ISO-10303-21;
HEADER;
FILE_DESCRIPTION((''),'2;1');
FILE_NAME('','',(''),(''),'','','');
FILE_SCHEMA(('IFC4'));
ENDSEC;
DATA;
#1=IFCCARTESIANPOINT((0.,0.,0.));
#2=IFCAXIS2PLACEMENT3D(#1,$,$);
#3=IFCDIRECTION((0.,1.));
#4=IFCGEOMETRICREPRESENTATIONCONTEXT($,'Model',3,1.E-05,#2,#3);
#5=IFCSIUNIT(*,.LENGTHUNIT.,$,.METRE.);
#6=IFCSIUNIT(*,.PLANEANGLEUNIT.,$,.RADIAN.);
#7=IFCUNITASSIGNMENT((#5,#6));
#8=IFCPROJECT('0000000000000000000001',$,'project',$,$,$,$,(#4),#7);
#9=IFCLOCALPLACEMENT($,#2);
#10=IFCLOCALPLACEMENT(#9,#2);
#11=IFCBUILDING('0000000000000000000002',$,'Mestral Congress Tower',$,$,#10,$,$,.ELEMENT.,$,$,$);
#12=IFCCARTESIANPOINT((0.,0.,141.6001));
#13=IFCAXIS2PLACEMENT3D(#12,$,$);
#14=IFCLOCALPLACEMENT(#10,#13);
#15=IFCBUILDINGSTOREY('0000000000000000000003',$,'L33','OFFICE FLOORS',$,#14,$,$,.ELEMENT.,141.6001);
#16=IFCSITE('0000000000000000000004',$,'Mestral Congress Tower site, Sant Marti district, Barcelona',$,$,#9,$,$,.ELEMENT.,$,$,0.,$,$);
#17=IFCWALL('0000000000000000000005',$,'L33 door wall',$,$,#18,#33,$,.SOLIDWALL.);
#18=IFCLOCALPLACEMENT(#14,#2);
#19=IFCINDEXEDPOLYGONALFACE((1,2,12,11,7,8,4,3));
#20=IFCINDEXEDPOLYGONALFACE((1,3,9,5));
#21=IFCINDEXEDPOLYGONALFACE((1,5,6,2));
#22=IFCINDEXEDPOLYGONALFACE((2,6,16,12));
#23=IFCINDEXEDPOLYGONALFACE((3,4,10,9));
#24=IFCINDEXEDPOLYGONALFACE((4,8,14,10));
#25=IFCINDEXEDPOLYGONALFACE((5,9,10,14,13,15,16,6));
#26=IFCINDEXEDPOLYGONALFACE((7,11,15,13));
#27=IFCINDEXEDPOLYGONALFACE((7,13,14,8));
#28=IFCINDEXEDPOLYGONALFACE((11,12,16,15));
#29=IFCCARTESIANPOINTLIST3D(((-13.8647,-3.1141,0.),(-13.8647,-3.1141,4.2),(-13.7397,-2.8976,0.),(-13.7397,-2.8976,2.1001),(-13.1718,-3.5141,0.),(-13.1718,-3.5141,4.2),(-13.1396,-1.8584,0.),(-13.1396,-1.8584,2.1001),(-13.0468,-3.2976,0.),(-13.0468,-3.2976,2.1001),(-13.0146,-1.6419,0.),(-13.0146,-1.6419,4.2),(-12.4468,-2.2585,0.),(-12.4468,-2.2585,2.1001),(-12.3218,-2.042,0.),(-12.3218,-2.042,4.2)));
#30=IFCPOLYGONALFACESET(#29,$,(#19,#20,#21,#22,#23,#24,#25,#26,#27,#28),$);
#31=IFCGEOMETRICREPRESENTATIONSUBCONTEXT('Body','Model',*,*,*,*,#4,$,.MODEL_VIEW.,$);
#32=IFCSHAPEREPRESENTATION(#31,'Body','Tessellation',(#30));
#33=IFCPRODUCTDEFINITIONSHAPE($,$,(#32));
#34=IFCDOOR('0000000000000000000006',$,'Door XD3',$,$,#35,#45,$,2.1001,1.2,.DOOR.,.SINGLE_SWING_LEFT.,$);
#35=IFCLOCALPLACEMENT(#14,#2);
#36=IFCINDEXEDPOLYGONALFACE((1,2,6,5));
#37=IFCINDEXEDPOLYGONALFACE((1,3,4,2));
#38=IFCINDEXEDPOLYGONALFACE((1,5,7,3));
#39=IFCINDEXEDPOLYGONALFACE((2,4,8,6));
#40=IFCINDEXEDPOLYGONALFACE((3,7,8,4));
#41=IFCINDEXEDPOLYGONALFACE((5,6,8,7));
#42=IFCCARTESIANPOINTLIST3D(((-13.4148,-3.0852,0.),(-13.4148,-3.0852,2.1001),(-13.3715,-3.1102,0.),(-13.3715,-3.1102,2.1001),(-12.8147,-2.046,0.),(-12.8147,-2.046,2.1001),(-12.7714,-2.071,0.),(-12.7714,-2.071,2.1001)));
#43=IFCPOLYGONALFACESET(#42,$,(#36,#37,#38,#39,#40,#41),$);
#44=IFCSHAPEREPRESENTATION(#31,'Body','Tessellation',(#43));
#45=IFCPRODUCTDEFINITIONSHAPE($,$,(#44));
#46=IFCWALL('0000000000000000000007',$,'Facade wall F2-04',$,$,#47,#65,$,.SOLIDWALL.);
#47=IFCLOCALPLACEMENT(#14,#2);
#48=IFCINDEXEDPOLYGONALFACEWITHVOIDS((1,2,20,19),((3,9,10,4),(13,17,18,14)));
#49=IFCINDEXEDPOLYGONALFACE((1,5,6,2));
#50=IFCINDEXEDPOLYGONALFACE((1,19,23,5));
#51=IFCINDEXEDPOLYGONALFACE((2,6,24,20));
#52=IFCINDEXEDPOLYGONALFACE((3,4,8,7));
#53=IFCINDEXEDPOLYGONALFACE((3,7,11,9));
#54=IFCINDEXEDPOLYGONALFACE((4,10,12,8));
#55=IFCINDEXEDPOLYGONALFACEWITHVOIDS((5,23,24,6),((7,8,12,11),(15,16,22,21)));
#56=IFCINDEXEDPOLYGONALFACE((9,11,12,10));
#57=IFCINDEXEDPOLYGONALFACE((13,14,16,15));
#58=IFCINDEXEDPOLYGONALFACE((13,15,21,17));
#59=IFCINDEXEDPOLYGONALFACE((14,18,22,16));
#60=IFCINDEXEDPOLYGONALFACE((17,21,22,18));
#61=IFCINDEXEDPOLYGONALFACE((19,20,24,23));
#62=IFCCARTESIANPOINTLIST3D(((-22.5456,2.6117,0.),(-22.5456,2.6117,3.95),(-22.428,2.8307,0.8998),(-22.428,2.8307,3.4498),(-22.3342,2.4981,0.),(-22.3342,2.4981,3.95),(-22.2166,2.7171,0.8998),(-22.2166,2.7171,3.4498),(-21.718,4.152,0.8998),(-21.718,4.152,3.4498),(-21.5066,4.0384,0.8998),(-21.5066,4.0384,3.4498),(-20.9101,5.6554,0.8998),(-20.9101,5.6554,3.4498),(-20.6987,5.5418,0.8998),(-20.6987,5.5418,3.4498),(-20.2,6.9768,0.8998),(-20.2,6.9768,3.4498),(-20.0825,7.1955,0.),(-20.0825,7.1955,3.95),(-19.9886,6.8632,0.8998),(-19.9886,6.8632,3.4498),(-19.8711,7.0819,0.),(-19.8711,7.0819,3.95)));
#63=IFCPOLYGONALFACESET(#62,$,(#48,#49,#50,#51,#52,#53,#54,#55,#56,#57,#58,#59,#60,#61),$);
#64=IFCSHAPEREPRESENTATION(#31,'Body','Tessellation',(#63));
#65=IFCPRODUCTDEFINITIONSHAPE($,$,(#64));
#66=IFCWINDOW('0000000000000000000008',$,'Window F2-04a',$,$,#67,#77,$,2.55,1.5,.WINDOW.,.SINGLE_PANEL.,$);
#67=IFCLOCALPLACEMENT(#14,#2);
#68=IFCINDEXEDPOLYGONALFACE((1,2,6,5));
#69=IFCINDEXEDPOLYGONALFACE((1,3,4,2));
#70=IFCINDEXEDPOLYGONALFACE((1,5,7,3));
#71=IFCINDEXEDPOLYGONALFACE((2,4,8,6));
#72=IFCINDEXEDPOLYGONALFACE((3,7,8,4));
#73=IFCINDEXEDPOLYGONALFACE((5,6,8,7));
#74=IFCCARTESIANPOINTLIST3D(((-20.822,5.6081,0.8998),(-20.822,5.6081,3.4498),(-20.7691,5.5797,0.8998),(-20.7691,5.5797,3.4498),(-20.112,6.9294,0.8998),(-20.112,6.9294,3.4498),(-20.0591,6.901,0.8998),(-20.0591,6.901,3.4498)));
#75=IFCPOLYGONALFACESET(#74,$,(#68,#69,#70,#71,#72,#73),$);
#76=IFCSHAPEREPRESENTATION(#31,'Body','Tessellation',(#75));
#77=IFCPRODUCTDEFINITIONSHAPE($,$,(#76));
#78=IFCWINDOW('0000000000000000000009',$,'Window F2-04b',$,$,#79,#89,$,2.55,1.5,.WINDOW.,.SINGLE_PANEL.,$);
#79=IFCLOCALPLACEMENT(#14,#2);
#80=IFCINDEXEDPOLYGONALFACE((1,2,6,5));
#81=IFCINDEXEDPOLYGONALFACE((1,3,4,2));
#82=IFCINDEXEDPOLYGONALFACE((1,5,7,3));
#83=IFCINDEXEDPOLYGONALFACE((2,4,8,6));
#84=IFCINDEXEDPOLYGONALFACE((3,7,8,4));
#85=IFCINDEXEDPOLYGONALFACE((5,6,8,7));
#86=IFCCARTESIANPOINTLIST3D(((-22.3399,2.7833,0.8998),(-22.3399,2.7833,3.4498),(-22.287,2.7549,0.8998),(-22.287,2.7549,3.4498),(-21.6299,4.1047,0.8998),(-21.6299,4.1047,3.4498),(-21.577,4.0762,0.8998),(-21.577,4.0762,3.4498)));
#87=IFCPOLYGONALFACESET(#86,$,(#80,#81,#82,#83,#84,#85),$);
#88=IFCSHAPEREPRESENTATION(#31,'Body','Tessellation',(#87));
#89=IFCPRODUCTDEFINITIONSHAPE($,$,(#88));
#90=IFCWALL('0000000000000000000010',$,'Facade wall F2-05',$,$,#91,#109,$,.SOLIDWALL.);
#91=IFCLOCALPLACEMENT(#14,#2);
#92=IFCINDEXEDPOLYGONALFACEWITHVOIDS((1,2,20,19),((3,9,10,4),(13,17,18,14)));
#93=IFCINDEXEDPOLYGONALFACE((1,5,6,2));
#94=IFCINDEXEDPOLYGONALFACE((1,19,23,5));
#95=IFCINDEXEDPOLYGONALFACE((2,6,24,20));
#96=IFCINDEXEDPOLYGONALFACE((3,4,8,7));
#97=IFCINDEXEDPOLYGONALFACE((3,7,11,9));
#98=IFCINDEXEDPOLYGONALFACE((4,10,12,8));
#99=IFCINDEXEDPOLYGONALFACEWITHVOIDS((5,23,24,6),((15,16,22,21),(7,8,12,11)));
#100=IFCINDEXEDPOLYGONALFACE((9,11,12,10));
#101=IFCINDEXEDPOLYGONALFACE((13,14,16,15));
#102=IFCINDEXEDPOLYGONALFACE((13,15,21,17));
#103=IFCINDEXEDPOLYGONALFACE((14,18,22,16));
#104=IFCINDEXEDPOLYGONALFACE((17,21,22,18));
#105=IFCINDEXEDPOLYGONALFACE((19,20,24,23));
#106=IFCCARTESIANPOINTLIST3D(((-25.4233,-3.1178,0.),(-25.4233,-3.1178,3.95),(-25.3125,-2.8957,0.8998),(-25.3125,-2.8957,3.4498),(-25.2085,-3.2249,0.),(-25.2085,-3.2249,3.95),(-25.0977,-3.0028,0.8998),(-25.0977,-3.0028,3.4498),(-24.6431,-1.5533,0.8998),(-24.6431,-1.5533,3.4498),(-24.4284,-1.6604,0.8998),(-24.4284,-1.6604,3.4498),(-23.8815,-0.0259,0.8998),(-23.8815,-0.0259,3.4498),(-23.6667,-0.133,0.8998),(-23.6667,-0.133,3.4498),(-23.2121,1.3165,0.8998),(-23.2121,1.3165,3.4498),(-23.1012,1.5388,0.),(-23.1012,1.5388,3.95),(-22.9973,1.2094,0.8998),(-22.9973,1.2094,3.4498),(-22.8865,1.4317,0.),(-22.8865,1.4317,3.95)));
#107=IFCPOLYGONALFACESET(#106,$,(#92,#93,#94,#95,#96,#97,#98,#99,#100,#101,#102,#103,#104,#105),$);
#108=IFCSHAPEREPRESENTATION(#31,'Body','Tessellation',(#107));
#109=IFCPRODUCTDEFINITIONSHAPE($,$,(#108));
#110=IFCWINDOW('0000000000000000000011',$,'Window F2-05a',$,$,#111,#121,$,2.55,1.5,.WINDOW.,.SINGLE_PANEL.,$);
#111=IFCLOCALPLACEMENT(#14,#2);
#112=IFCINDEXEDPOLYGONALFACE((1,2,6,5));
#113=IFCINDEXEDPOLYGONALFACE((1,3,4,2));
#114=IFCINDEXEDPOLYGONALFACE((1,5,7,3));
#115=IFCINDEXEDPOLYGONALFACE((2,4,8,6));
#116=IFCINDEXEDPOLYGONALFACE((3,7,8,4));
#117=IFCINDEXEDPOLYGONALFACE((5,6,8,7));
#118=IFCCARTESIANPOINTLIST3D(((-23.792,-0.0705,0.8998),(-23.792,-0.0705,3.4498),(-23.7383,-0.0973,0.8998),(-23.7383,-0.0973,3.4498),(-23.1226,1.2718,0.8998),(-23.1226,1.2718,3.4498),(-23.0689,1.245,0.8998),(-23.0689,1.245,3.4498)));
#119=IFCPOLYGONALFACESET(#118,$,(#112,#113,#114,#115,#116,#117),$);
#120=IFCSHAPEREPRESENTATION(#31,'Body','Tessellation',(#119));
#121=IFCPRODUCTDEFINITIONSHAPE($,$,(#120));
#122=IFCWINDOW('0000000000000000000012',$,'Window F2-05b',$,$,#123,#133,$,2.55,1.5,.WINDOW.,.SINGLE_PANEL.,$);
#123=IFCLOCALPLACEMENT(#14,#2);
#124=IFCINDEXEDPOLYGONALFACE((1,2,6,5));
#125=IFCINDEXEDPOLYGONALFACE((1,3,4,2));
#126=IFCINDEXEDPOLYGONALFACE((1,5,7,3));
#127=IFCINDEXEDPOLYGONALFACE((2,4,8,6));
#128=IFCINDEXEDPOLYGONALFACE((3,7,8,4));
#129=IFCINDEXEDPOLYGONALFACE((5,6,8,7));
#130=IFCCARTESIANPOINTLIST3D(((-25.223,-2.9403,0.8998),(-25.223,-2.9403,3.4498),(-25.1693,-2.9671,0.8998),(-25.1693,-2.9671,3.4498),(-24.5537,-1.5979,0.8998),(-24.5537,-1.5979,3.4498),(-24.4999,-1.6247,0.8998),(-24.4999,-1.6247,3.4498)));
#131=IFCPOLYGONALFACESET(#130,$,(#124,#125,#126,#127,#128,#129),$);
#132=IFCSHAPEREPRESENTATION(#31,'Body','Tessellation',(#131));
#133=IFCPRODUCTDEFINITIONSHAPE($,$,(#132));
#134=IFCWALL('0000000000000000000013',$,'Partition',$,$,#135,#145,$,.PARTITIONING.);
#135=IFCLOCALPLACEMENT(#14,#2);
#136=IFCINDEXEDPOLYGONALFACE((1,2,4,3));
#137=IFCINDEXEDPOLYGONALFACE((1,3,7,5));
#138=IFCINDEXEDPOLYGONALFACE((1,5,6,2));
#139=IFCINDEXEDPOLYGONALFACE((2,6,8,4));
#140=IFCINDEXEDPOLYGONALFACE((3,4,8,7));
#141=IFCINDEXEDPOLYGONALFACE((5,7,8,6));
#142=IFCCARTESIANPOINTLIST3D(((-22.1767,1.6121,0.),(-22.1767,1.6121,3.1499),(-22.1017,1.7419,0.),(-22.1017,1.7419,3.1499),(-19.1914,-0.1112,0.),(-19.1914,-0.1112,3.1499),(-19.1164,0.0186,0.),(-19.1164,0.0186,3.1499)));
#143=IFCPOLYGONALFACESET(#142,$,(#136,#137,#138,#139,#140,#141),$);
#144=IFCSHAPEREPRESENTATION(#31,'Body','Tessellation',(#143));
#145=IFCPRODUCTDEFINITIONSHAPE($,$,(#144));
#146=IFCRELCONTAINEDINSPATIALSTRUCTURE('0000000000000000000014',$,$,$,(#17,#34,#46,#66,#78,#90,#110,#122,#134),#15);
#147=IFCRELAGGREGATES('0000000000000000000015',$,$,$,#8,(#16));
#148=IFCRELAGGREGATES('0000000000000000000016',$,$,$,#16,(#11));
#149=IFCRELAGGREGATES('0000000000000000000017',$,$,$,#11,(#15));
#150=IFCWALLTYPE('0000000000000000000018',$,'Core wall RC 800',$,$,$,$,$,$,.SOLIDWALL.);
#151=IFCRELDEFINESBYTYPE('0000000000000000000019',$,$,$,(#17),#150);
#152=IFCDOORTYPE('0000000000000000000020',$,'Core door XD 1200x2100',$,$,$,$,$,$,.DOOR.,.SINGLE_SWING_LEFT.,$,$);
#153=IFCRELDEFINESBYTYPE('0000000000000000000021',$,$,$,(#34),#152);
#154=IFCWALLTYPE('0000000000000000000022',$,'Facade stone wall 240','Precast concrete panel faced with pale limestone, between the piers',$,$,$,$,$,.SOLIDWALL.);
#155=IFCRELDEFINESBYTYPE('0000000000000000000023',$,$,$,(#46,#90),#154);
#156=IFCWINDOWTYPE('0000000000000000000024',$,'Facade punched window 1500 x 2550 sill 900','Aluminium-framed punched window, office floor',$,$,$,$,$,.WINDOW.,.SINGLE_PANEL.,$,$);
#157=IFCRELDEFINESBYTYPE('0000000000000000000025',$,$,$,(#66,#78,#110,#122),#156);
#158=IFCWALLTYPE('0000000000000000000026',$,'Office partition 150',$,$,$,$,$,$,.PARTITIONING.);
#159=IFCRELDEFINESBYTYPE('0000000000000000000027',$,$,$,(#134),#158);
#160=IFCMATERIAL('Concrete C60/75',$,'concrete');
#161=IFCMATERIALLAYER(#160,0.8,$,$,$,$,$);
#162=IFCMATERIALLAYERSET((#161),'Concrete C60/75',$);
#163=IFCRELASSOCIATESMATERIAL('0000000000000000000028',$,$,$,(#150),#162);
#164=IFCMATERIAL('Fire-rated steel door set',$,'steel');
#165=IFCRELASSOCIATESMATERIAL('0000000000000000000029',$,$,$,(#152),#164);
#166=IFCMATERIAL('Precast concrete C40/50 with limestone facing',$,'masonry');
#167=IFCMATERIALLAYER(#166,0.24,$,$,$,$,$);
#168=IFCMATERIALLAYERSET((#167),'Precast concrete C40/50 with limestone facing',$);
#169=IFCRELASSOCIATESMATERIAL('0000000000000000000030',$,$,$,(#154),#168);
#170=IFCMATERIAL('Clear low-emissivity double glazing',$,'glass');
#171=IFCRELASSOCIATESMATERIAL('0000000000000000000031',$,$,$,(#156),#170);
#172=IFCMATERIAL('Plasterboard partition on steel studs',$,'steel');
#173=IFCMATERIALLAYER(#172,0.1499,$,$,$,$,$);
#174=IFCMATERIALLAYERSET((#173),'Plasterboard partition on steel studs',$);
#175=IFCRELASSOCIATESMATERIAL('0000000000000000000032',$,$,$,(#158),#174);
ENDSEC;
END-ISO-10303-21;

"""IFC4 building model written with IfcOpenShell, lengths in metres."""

from ifc_helpers import new_model, si_unit, direction, frame, frame_2d, origin, place, context, subcontext, project, spatial, rectangle, extrude, material, layer, layer_set, type_object, element, fill, save


model = new_model("IFC4")

# Units and contexts
model_context = context("Model", 3, precision=1e-05, world=origin(), true_north=direction((0.0, 1.0)))
body_context = subcontext(model_context, "Body", "Model", "MODEL_VIEW")
ifc_project = project(units=[si_unit("LENGTHUNIT", "METRE"), si_unit("PLANEANGLEUNIT", "RADIAN")], contexts=[model_context])

# Site, building, storey
site_placement = place(None, origin())
site = spatial("IfcSite", under=ifc_project, at=site_placement, Name="Mestral Congress Tower site, Sant Marti district, Barcelona", CompositionType="ELEMENT", RefElevation=0.0)
building_placement = place(site_placement, origin())
building = spatial("IfcBuilding", under=site, at=building_placement, Name="Mestral Congress Tower", CompositionType="ELEMENT")
storey_placement = place(building_placement, frame((0.0, 0.0, 141.6001)))
storey = spatial("IfcBuildingStorey", under=building, at=storey_placement, Name="L33", Description="OFFICE FLOORS", CompositionType="ELEMENT", Elevation=141.6001)

# Shared definitions
ifc_material_1 = material(Name="Concrete C60/75", Category="concrete")

# Shared definitions
ifc_layer_1 = layer(ifc_material_1, 0.8)
ifc_layer_set_1 = layer_set([ifc_layer_1], Name="Concrete C60/75")
wall_type_1 = type_object("IfcWallType", Name="Core wall RC 800", PredefinedType="SOLIDWALL", material=ifc_layer_set_1)

# Wall, opening, door
wall_1_placement = place(storey_placement, frame((-13.5183, -3.3142, 0.0), z_axis=(0.0, 0.0, 1.0), x_axis=(0.500062, 0.865989, 0.0)))
wall_1 = element("IfcWall", 1, at=wall_1_placement, inside=storey, type_object=wall_type_1, Name="L33 door wall", PredefinedType="SOLIDWALL", context=body_context, shape_type="SweptSolid", body=[
    extrude(rectangle(XDim=1.7, YDim=0.8, at=frame_2d((0.8501, 0.0))), origin(), (0.0, 0.0, 1.0), 4.2),
])
opening_1_placement = place(wall_1_placement, frame((0.25, 0.0, 0.0)))
opening_1 = element("IfcOpeningElement", 2, at=opening_1_placement, cuts=wall_1, PredefinedType="OPENING", context=body_context, shape_type="SweptSolid", body=[
    extrude(rectangle(XDim=1.2, YDim=2.1001, at=frame_2d((0.6001, 1.05))), frame((0.0, 0.4099, 0.0), z_axis=(0.0, -1.0, 0.0), x_axis=(1.0, 0.0, 0.0)), (0.0, 0.0, 1.0), 0.8201),
])
ifc_material_2 = material(Name="Fire-rated steel door set", Category="steel")
door_type_1 = type_object("IfcDoorType", Name="Core door XD 1200x2100", OperationType="SINGLE_SWING_LEFT", PredefinedType="DOOR", material=ifc_material_2)
door_1_placement = place(opening_1_placement, origin())
door_1 = element("IfcDoor", 3, at=door_1_placement, inside=storey, type_object=door_type_1, Name="Door XD3", OperationType="SINGLE_SWING_LEFT", OverallHeight=2.1001, OverallWidth=1.2, PredefinedType="DOOR", context=body_context, shape_type="SweptSolid", body=[
    extrude(rectangle(XDim=1.2, YDim=2.1001, at=frame_2d((0.6001, 1.05))), frame((0.0, 0.0249, 0.0), z_axis=(0.0, -1.0, 0.0), x_axis=(1.0, 0.0, 0.0)), (0.0, 0.0, 1.0), 0.05),
])
fill(opening_1, door_1)

# Walls, openings, windows
ifc_material_3 = material(Name="Precast concrete C40/50 with limestone facing", Category="masonry")
ifc_layer_2 = layer(ifc_material_3, 0.24)
ifc_layer_set_2 = layer_set([ifc_layer_2], Name="Precast concrete C40/50 with limestone facing")
wall_type_2 = type_object("IfcWallType", Name="Facade stone wall 240", Description="Precast concrete panel faced with pale limestone, between the piers", PredefinedType="SOLIDWALL", material=ifc_layer_set_2)
wall_2_placement = place(storey_placement, frame((-19.9768, 7.1387, 0.0), z_axis=(0.0, 0.0, 1.0), x_axis=(-0.47335, -0.880875, 0.0)))
wall_2 = element("IfcWall", 4, at=wall_2_placement, inside=storey, type_object=wall_type_2, Name="Facade wall F2-04", PredefinedType="SOLIDWALL", context=body_context, shape_type="SweptSolid", body=[
    extrude(rectangle(XDim=5.2036, YDim=0.24, at=frame_2d((2.6018, 0.0))), origin(), (0.0, 0.0, 1.0), 3.95),
])
opening_2_placement = place(wall_2_placement, frame((0.2483, 0.0, 0.8999)))
opening_2 = element("IfcOpeningElement", 5, at=opening_2_placement, cuts=wall_2, PredefinedType="OPENING", context=body_context, shape_type="SweptSolid", body=[
    extrude(rectangle(XDim=1.5, YDim=2.55, at=frame_2d((0.75, 1.2749))), frame((0.0, 0.1299, 0.0), z_axis=(0.0, -1.0, 0.0), x_axis=(1.0, 0.0, 0.0)), (0.0, 0.0, 1.0), 0.26),
])
opening_3_placement = place(wall_2_placement, frame((3.4551, 0.0, 0.8999)))
opening_3 = element("IfcOpeningElement", 6, at=opening_3_placement, cuts=wall_2, PredefinedType="OPENING", context=body_context, shape_type="SweptSolid", body=[
    extrude(rectangle(XDim=1.5, YDim=2.55, at=frame_2d((0.75, 1.2749))), frame((0.0, 0.1299, 0.0), z_axis=(0.0, -1.0, 0.0), x_axis=(1.0, 0.0, 0.0)), (0.0, 0.0, 1.0), 0.26),
])
ifc_material_4 = material(Name="Clear low-emissivity double glazing", Category="glass")
window_type = type_object("IfcWindowType", Name="Facade punched window 1500 x 2550 sill 900", Description="Aluminium-framed punched window, office floor", PartitioningType="SINGLE_PANEL", PredefinedType="WINDOW", material=ifc_material_4)
window_1_placement = place(opening_2_placement, origin())
window_1 = element("IfcWindow", 7, at=window_1_placement, inside=storey, type_object=window_type, Name="Window F2-04a", OverallHeight=2.55, OverallWidth=1.5, PartitioningType="SINGLE_PANEL", PredefinedType="WINDOW", context=body_context, shape_type="SweptSolid", body=[
    extrude(rectangle(XDim=1.5, YDim=2.55, at=frame_2d((0.75, 1.2749))), frame((0.0, 0.04, 0.0), z_axis=(0.0, -1.0, 0.0), x_axis=(1.0, 0.0, 0.0)), (0.0, 0.0, 1.0), 0.0601),
])
fill(opening_2, window_1)
window_2_placement = place(opening_3_placement, origin())
window_2 = element("IfcWindow", 8, at=window_2_placement, inside=storey, type_object=window_type, Name="Window F2-04b", OverallHeight=2.55, OverallWidth=1.5, PartitioningType="SINGLE_PANEL", PredefinedType="WINDOW", context=body_context, shape_type="SweptSolid", body=[
    extrude(rectangle(XDim=1.5, YDim=2.55, at=frame_2d((0.75, 1.2749))), frame((0.0, 0.04, 0.0), z_axis=(0.0, -1.0, 0.0), x_axis=(1.0, 0.0, 0.0)), (0.0, 0.0, 1.0), 0.0601),
])
fill(opening_3, window_2)
wall_3_placement = place(storey_placement, frame((-22.9939, 1.4851, 0.0), z_axis=(0.0, 0.0, 1.0), x_axis=(-0.446256, -0.894905, 0.0)))
wall_3 = element("IfcWall", 9, at=wall_3_placement, inside=storey, type_object=wall_type_2, Name="Facade wall F2-05", PredefinedType="SOLIDWALL", context=body_context, shape_type="SweptSolid", body=[
    extrude(rectangle(XDim=5.2034, YDim=0.24, at=frame_2d((2.6016, 0.0))), origin(), (0.0, 0.0, 1.0), 3.95),
])
opening_4_placement = place(wall_3_placement, frame((0.2483, 0.0, 0.8999)))
opening_4 = element("IfcOpeningElement", 10, at=opening_4_placement, cuts=wall_3, PredefinedType="OPENING", context=body_context, shape_type="SweptSolid", body=[
    extrude(rectangle(XDim=1.5, YDim=2.55, at=frame_2d((0.75, 1.2749))), frame((0.0, 0.1299, 0.0), z_axis=(0.0, -1.0, 0.0), x_axis=(1.0, 0.0, 0.0)), (0.0, 0.0, 1.0), 0.26),
])
opening_5_placement = place(wall_3_placement, frame((3.4551, 0.0, 0.8999)))
opening_5 = element("IfcOpeningElement", 11, at=opening_5_placement, cuts=wall_3, PredefinedType="OPENING", context=body_context, shape_type="SweptSolid", body=[
    extrude(rectangle(XDim=1.5, YDim=2.55, at=frame_2d((0.75, 1.2749))), frame((0.0, 0.1299, 0.0), z_axis=(0.0, -1.0, 0.0), x_axis=(1.0, 0.0, 0.0)), (0.0, 0.0, 1.0), 0.26),
])
window_3_placement = place(opening_4_placement, origin())
window_3 = element("IfcWindow", 12, at=window_3_placement, inside=storey, type_object=window_type, Name="Window F2-05a", OverallHeight=2.55, OverallWidth=1.5, PartitioningType="SINGLE_PANEL", PredefinedType="WINDOW", context=body_context, shape_type="SweptSolid", body=[
    extrude(rectangle(XDim=1.5, YDim=2.55, at=frame_2d((0.75, 1.2749))), frame((0.0, 0.04, 0.0), z_axis=(0.0, -1.0, 0.0), x_axis=(1.0, 0.0, 0.0)), (0.0, 0.0, 1.0), 0.0601),
])
fill(opening_4, window_3)
window_4_placement = place(opening_5_placement, origin())
window_4 = element("IfcWindow", 13, at=window_4_placement, inside=storey, type_object=window_type, Name="Window F2-05b", OverallHeight=2.55, OverallWidth=1.5, PartitioningType="SINGLE_PANEL", PredefinedType="WINDOW", context=body_context, shape_type="SweptSolid", body=[
    extrude(rectangle(XDim=1.5, YDim=2.55, at=frame_2d((0.75, 1.2749))), frame((0.0, 0.04, 0.0), z_axis=(0.0, -1.0, 0.0), x_axis=(1.0, 0.0, 0.0)), (0.0, 0.0, 1.0), 0.0601),
])
fill(opening_5, window_4)

# Wall
ifc_material_5 = material(Name="Plasterboard partition on steel studs", Category="steel")
ifc_layer_3 = layer(ifc_material_5, 0.1499)
ifc_layer_set_3 = layer_set([ifc_layer_3], Name="Plasterboard partition on steel studs")
wall_type_3 = type_object("IfcWallType", Name="Office partition 150", PredefinedType="PARTITIONING", material=ifc_layer_set_3)
wall_4_placement = place(storey_placement, frame((-19.1538, -0.0464, 0.0), z_axis=(0.0, 0.0, 1.0), x_axis=(-0.866051, 0.499955, 0.0)))
element("IfcWall", 14, at=wall_4_placement, inside=storey, type_object=wall_type_3, Name="Partition", PredefinedType="PARTITIONING", context=body_context, shape_type="SweptSolid", body=[
    extrude(rectangle(XDim=3.447, YDim=0.1499, at=frame_2d((1.7236, 0.0))), origin(), (0.0, 0.0, 1.0), 3.1499),
])

save(model, "model.ifc")
